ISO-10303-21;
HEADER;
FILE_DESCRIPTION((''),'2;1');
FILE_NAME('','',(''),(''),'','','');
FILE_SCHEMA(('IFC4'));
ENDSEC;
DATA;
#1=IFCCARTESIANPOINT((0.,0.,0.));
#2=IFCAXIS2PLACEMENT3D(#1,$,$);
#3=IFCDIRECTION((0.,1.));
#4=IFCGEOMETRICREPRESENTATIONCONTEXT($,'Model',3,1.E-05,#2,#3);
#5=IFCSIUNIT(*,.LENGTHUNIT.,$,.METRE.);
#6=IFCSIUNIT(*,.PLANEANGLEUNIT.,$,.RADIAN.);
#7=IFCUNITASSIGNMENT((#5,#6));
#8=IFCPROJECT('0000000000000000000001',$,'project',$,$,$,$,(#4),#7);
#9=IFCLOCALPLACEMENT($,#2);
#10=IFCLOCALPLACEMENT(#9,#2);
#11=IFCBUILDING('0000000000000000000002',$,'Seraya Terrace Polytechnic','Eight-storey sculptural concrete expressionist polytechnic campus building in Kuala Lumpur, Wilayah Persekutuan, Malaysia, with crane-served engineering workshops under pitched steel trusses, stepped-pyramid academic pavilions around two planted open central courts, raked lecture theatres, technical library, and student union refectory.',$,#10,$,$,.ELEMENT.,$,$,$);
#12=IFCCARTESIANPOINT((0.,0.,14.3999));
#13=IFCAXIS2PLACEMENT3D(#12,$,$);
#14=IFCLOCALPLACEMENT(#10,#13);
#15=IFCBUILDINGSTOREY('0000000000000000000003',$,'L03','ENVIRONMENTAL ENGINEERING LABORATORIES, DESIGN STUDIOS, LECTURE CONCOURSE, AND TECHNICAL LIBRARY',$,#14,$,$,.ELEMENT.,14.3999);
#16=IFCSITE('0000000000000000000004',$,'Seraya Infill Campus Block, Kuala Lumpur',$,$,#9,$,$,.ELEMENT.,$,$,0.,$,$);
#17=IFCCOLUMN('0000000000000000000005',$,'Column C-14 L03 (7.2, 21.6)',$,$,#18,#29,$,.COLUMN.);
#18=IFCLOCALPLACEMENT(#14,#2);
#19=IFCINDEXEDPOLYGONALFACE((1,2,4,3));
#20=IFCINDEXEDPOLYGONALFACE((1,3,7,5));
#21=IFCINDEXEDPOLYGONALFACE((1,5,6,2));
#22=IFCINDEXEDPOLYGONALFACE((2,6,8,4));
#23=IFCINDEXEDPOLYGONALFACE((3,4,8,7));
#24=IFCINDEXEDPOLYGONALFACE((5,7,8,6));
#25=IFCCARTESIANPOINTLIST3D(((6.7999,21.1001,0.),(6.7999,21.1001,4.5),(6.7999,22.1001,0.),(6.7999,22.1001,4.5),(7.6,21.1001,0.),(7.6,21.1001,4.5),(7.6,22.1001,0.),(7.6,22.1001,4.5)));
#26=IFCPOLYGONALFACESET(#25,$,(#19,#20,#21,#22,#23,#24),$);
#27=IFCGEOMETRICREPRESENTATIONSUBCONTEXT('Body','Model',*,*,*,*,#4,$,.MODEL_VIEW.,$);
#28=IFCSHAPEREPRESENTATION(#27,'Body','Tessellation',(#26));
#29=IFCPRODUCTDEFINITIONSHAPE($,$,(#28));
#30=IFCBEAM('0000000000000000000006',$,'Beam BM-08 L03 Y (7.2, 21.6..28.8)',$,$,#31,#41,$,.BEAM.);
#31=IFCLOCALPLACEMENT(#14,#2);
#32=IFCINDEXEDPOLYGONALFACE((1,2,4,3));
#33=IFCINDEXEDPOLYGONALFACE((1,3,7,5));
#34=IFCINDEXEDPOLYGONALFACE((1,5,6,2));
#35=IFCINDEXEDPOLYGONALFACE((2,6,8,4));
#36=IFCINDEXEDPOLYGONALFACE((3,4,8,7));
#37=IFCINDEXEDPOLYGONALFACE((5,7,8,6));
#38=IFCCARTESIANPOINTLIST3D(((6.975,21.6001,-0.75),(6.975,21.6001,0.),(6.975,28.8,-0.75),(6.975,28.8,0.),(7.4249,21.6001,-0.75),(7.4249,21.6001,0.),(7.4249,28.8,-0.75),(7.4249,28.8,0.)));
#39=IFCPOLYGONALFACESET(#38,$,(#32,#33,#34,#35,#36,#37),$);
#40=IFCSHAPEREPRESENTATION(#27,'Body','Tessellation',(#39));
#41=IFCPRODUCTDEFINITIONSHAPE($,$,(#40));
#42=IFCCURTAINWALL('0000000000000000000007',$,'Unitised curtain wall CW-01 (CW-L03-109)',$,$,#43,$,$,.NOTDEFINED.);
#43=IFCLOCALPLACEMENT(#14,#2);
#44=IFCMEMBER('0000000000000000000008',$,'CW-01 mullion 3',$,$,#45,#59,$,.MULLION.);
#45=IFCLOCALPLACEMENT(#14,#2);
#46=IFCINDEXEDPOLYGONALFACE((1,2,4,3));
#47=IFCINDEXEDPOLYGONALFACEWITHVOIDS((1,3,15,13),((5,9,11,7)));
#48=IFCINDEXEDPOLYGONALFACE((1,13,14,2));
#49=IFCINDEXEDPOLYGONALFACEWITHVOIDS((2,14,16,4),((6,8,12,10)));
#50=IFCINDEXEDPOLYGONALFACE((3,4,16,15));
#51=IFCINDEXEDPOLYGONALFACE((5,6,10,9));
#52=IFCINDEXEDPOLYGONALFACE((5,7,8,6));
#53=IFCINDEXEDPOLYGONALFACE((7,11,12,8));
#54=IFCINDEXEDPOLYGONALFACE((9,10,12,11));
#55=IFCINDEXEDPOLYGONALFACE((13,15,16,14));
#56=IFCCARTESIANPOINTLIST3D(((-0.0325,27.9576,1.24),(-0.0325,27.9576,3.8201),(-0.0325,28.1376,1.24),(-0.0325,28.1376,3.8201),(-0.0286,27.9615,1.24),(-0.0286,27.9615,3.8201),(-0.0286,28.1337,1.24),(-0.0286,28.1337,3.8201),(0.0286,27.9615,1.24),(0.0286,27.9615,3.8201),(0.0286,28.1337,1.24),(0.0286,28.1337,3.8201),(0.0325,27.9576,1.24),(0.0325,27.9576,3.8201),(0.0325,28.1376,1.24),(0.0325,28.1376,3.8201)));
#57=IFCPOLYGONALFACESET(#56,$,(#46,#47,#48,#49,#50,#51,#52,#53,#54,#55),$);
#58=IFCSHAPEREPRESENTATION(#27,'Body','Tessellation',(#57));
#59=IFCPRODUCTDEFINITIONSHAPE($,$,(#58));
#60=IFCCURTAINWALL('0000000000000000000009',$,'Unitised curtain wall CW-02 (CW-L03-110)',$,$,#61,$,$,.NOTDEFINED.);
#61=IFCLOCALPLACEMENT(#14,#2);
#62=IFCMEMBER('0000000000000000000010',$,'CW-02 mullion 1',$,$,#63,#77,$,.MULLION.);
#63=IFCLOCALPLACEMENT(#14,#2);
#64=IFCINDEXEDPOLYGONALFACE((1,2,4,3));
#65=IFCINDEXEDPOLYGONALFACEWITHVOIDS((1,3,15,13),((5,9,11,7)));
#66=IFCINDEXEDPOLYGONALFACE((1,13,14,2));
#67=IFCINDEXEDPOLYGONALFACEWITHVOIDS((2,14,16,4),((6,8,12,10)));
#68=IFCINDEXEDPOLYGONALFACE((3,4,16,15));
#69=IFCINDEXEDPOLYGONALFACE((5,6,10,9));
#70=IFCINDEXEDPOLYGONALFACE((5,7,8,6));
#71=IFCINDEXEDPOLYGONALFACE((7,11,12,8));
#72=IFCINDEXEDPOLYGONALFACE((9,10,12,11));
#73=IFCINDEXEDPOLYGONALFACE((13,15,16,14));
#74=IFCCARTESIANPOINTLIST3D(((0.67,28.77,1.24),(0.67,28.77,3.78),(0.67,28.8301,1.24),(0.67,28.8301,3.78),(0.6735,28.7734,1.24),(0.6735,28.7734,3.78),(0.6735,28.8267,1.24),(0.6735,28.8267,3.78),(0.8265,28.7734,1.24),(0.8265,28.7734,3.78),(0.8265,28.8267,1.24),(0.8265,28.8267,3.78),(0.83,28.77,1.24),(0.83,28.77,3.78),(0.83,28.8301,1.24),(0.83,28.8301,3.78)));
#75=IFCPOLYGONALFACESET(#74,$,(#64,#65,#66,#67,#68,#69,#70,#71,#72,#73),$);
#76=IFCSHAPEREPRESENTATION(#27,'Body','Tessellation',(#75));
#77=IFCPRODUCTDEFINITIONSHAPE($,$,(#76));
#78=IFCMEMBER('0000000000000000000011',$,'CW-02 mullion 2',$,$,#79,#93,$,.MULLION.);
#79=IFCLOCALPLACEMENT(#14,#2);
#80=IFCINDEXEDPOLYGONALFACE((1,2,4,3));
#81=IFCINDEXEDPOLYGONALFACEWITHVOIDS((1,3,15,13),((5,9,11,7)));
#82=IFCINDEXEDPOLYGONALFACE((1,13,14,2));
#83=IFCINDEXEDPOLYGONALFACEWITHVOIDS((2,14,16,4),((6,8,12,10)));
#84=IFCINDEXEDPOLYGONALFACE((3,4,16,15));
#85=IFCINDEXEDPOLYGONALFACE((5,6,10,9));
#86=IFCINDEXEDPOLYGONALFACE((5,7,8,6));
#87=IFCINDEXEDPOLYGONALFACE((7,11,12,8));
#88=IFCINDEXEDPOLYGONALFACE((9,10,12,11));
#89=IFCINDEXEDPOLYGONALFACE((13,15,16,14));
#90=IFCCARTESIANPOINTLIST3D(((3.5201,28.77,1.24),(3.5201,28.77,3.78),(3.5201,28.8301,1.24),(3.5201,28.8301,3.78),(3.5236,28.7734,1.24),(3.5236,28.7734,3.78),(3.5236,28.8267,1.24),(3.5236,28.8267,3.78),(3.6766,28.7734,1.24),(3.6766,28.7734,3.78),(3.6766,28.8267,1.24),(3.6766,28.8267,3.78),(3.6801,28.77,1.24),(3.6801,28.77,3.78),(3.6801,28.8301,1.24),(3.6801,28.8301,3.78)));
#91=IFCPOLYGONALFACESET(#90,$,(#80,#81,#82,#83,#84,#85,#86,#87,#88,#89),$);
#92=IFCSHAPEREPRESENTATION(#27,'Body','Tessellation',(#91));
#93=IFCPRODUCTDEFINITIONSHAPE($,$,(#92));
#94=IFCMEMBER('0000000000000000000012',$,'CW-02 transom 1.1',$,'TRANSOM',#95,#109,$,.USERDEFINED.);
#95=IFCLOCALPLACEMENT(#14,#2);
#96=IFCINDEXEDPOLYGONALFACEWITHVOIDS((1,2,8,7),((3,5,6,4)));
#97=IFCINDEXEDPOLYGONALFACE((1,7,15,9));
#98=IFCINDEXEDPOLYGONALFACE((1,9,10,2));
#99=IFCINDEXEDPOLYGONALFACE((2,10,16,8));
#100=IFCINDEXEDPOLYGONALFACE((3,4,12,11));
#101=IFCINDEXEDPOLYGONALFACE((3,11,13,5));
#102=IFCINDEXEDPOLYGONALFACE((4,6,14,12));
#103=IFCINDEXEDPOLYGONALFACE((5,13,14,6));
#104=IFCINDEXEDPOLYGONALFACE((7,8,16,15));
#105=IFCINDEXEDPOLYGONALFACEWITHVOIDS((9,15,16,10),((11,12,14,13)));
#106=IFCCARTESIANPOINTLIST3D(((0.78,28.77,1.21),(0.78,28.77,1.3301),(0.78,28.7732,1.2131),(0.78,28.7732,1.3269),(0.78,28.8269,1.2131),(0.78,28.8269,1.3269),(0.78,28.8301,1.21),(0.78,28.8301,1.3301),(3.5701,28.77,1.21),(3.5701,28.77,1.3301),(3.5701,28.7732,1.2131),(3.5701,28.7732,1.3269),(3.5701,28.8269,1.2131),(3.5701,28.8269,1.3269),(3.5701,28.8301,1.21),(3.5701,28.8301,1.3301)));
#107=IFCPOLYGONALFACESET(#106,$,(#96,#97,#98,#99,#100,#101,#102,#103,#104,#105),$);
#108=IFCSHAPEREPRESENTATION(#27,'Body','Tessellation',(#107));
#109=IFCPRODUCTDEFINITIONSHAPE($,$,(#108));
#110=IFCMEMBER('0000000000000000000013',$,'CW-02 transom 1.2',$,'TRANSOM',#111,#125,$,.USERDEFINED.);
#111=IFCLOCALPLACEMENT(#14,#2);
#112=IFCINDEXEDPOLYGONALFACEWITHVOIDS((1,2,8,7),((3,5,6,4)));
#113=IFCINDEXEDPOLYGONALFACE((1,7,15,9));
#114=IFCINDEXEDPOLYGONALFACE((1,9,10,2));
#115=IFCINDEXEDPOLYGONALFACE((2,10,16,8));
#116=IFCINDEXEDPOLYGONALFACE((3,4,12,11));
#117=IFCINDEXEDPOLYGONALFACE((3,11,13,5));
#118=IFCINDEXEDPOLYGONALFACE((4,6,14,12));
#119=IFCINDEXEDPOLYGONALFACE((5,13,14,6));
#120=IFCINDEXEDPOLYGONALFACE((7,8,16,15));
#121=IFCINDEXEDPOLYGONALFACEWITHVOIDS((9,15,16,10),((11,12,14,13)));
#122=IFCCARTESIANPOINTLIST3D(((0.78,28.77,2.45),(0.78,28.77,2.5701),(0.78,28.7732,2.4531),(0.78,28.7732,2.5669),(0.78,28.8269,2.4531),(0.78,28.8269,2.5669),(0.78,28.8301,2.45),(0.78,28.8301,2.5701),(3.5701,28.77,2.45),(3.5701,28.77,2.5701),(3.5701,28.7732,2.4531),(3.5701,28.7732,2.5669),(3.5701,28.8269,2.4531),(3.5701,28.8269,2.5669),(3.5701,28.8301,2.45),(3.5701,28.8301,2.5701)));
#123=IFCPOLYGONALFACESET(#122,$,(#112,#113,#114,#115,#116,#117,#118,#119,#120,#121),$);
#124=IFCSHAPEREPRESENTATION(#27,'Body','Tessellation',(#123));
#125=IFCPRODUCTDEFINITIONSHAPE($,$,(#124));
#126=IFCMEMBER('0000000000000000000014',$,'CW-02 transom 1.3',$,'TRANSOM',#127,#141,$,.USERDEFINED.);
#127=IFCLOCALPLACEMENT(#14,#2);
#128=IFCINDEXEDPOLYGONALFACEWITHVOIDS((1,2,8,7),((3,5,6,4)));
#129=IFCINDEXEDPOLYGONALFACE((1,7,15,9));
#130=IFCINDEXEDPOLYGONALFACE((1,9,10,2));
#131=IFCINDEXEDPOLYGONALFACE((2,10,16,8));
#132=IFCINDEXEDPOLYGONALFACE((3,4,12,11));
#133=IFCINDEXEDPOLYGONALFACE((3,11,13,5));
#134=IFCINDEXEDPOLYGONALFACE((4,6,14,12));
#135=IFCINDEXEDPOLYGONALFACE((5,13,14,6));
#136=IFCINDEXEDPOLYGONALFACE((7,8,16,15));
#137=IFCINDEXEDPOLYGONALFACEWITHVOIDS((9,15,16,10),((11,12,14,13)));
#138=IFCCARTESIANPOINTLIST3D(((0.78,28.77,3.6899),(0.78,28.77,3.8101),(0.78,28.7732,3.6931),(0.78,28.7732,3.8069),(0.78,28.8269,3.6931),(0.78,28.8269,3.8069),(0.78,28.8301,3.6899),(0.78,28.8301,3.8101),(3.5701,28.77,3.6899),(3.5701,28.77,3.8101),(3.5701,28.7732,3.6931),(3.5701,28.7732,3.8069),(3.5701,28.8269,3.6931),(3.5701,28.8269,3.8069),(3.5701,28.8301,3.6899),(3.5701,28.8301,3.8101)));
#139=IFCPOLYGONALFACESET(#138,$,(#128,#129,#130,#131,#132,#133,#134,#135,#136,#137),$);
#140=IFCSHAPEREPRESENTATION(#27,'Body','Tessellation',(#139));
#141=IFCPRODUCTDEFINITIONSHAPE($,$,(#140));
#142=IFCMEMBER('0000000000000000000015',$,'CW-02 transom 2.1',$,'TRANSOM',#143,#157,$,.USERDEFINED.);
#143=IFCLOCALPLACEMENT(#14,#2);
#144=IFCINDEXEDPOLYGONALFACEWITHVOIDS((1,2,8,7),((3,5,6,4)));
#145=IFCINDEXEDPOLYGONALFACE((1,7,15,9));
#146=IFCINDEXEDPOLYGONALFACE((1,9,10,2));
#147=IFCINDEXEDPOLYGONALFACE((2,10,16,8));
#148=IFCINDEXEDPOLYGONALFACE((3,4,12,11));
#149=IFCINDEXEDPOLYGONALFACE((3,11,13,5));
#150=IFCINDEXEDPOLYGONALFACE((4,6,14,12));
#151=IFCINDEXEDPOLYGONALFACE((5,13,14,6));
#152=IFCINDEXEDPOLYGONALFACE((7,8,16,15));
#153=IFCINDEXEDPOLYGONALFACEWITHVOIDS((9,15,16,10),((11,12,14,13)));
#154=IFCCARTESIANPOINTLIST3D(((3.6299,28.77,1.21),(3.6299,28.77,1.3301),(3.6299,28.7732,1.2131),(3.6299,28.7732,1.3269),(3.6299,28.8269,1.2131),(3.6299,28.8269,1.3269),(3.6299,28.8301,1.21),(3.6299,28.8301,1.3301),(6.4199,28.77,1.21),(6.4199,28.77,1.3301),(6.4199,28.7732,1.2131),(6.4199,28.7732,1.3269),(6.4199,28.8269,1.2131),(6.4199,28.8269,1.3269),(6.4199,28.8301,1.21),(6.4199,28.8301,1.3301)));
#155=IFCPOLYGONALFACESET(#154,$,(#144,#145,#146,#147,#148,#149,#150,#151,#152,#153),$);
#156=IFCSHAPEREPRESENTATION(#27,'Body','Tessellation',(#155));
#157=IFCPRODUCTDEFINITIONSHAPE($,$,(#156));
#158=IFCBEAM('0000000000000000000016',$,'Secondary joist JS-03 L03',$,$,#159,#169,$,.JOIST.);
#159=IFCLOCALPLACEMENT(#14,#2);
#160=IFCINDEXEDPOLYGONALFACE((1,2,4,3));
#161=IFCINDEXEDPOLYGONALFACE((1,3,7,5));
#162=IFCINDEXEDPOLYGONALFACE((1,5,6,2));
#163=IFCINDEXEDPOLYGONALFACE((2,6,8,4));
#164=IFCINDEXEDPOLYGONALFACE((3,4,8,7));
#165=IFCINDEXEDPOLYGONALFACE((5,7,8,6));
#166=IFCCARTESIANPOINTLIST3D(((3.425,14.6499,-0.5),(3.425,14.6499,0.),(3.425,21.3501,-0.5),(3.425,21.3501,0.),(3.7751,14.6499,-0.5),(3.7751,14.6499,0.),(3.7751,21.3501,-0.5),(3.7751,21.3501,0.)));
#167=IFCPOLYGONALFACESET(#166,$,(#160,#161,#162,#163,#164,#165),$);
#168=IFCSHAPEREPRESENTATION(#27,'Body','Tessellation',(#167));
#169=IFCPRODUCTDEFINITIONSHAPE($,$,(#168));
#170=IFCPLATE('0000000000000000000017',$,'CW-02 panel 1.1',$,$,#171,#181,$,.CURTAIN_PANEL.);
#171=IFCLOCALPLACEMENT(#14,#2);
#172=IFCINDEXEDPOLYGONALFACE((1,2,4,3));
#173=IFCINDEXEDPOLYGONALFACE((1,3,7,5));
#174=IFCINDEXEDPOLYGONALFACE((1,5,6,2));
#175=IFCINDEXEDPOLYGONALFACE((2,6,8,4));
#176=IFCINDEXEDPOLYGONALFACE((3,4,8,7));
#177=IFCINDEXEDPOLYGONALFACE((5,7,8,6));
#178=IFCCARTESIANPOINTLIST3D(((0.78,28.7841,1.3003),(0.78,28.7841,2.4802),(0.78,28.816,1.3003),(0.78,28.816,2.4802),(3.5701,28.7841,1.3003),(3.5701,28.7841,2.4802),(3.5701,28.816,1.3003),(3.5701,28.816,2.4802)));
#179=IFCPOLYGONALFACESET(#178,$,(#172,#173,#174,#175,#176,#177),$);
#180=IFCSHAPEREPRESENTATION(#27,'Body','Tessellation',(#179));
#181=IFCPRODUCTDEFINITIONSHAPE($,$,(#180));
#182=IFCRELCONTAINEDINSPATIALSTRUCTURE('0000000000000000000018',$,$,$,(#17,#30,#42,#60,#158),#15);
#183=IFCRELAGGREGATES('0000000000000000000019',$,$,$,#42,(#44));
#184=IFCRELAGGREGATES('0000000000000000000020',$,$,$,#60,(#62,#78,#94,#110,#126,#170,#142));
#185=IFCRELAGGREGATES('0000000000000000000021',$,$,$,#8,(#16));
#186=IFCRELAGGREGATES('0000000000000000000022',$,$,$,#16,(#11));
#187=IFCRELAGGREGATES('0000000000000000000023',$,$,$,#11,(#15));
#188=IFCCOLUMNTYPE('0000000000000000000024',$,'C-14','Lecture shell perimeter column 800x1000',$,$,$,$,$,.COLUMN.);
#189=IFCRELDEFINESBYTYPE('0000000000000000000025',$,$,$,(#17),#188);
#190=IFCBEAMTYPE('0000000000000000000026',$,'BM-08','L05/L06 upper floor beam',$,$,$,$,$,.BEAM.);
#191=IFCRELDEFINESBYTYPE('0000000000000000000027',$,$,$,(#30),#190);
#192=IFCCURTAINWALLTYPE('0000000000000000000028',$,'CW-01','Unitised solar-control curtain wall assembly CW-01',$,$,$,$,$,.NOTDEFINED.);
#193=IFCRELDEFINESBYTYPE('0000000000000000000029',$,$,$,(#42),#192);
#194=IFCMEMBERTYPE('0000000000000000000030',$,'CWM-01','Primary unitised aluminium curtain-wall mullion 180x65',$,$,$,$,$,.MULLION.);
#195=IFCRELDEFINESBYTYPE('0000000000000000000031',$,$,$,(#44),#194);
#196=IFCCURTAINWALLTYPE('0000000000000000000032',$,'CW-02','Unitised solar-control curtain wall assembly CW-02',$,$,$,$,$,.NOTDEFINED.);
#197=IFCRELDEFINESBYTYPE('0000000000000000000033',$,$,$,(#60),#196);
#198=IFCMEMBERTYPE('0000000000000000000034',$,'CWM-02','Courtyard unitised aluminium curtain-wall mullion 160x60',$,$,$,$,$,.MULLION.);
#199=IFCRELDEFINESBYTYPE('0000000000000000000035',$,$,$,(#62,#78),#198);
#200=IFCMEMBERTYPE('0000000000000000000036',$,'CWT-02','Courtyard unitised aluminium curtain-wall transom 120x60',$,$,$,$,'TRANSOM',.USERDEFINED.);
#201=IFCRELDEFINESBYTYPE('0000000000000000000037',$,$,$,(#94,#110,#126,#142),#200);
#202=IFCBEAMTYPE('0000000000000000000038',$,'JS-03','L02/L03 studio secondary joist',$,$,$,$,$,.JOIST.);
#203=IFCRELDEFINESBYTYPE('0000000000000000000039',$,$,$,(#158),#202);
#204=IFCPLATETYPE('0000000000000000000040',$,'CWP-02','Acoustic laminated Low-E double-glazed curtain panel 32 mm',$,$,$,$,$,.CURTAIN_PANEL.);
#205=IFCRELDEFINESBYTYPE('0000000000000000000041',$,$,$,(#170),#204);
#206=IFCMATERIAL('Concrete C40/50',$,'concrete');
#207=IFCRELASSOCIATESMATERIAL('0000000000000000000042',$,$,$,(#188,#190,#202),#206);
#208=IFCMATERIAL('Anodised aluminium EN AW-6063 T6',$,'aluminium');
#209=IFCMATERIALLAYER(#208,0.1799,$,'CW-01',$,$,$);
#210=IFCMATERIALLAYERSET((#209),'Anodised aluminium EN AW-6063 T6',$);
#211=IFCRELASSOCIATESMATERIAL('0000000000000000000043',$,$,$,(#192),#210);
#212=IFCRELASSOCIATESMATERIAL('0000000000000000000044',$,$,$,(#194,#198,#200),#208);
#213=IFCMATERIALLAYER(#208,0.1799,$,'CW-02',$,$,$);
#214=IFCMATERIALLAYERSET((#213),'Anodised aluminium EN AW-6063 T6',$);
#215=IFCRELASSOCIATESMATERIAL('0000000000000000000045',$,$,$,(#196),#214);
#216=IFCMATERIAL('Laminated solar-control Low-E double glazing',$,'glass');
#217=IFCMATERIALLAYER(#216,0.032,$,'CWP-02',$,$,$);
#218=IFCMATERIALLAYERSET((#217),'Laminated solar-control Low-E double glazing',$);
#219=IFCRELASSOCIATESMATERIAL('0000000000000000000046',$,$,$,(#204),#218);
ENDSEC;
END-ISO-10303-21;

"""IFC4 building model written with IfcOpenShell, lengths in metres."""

from ifc_helpers import new_model, si_unit, direction, frame, origin, origin_2d, place, context, subcontext, project, spatial, rectangle, hollow_rectangle, extrude, material, layer, layer_set, material_profile, profile_set, type_object, element, aggregate, save


model = new_model("IFC4")

# Units and contexts
model_context = context("Model", 3, precision=1e-05, world=origin(), true_north=direction((0.0, 1.0)))
body_context = subcontext(model_context, "Body", "Model", "MODEL_VIEW")
ifc_project = project(units=[si_unit("LENGTHUNIT", "METRE"), si_unit("PLANEANGLEUNIT", "RADIAN")], contexts=[model_context])

# Site, building, storey
site_placement = place(None, origin())
site = spatial("IfcSite", under=ifc_project, at=site_placement, Name="Seraya Infill Campus Block, Kuala Lumpur", CompositionType="ELEMENT", RefElevation=0.0)
building_placement = place(site_placement, origin())
building = spatial("IfcBuilding", under=site, at=building_placement, Name="Seraya Terrace Polytechnic", Description="Eight-storey sculptural concrete expressionist polytechnic campus building in Kuala Lumpur, Wilayah Persekutuan, Malaysia, with crane-served engineering workshops under pitched steel trusses, stepped-pyramid academic pavilions around two planted open central courts, raked lecture theatres, technical library, and student union refectory.", CompositionType="ELEMENT")
storey_placement = place(building_placement, frame((0.0, 0.0, 14.3999)))
storey = spatial("IfcBuildingStorey", under=building, at=storey_placement, Name="L03", Description="ENVIRONMENTAL ENGINEERING LABORATORIES, DESIGN STUDIOS, LECTURE CONCOURSE, AND TECHNICAL LIBRARY", CompositionType="ELEMENT", Elevation=14.3999)

# Column
ifc_material_1 = material(Name="Concrete C40/50", Category="concrete")
ifc_material_profile_1 = material_profile(ifc_material_1, rectangle(XDim=0.8, YDim=1.0, at=origin_2d()), Name="RC 800x1000")
ifc_profile_set_1 = profile_set([ifc_material_profile_1], Name="Concrete C40/50")
column_type = type_object("IfcColumnType", Name="C-14", Description="Lecture shell perimeter column 800x1000", PredefinedType="COLUMN", material=ifc_profile_set_1)
column_placement = place(storey_placement, frame((7.2, 21.6001, 0.0), z_axis=(0.0, 0.0, 1.0), x_axis=(1.0, 0.0, 0.0)))
element("IfcColumn", 1, at=column_placement, inside=storey, type_object=column_type, Name="Column C-14 L03 (7.2, 21.6)", PredefinedType="COLUMN", context=body_context, shape_type="SweptSolid", body=[
    extrude(rectangle(XDim=0.8, YDim=1.0, at=origin_2d()), origin(), (0.0, 0.0, 1.0), 4.5),
])

# Beam
ifc_material_profile_2 = material_profile(ifc_material_1, rectangle(XDim=0.45, YDim=0.75, at=origin_2d()), Name="RC 450x750")
ifc_profile_set_2 = profile_set([ifc_material_profile_2], Name="Concrete C40/50")
beam_type_1 = type_object("IfcBeamType", Name="BM-08", Description="L05/L06 upper floor beam", PredefinedType="BEAM", material=ifc_profile_set_2)
beam_1_placement = place(storey_placement, frame((7.2, 21.6001, -0.375), z_axis=(0.0, 1.0, 0.0), x_axis=(-1.0, 0.0, 0.0)))
element("IfcBeam", 2, at=beam_1_placement, inside=storey, type_object=beam_type_1, Name="Beam BM-08 L03 Y (7.2, 21.6..28.8)", PredefinedType="BEAM", context=body_context, shape_type="SweptSolid", body=[
    extrude(rectangle(XDim=0.45, YDim=0.75, at=origin_2d()), origin(), (0.0, 0.0, 1.0), 7.2),
])

# Curtain wall, member
ifc_material_2 = material(Name="Anodised aluminium EN AW-6063 T6", Category="aluminium")
ifc_layer_1 = layer(ifc_material_2, 0.1799, Name="CW-01")
ifc_layer_set_1 = layer_set([ifc_layer_1], Name="Anodised aluminium EN AW-6063 T6")
curtain_wall_type_1 = type_object("IfcCurtainWallType", Name="CW-01", Description="Unitised solar-control curtain wall assembly CW-01", PredefinedType="NOTDEFINED", material=ifc_layer_set_1)
curtain_wall_1_placement = place(storey_placement, origin())
curtain_wall_1 = element("IfcCurtainWall", 3, at=curtain_wall_1_placement, inside=storey, type_object=curtain_wall_type_1, Name="Unitised curtain wall CW-01 (CW-L03-109)", PredefinedType="NOTDEFINED")
ifc_material_profile_3 = material_profile(ifc_material_2, hollow_rectangle(XDim=0.0649, YDim=0.1799, WallThickness=0.0039, at=origin_2d()), Name="RHS 180x65x4.0")
ifc_profile_set_3 = profile_set([ifc_material_profile_3], Name="Anodised aluminium EN AW-6063 T6")
member_type_1 = type_object("IfcMemberType", Name="CWM-01", Description="Primary unitised aluminium curtain-wall mullion 180x65", PredefinedType="MULLION", material=ifc_profile_set_3)
member_1_placement = place(storey_placement, frame((0.0, 28.0476, 1.24), z_axis=(0.0, 0.0, 1.0), x_axis=(-1.0, 0.0, 0.0)))
member_1 = element("IfcMember", 4, at=member_1_placement, type_object=member_type_1, Name="CW-01 mullion 3", PredefinedType="MULLION", context=body_context, shape_type="SweptSolid", body=[
    extrude(hollow_rectangle(XDim=0.0649, YDim=0.1799, WallThickness=0.0039, at=origin_2d()), origin(), (0.0, 0.0, 1.0), 2.5801),
])
aggregate(curtain_wall_1, [member_1])

# Curtain wall, members
ifc_layer_2 = layer(ifc_material_2, 0.1799, Name="CW-02")
ifc_layer_set_2 = layer_set([ifc_layer_2], Name="Anodised aluminium EN AW-6063 T6")
curtain_wall_type_2 = type_object("IfcCurtainWallType", Name="CW-02", Description="Unitised solar-control curtain wall assembly CW-02", PredefinedType="NOTDEFINED", material=ifc_layer_set_2)
curtain_wall_2_placement = place(storey_placement, origin())
curtain_wall_2 = element("IfcCurtainWall", 5, at=curtain_wall_2_placement, inside=storey, type_object=curtain_wall_type_2, Name="Unitised curtain wall CW-02 (CW-L03-110)", PredefinedType="NOTDEFINED")
ifc_material_profile_4 = material_profile(ifc_material_2, hollow_rectangle(XDim=0.0601, YDim=0.1599, WallThickness=0.0034, at=origin_2d()), Name="RHS 160x60x3.5")
ifc_profile_set_4 = profile_set([ifc_material_profile_4], Name="Anodised aluminium EN AW-6063 T6")
member_type_2 = type_object("IfcMemberType", Name="CWM-02", Description="Courtyard unitised aluminium curtain-wall mullion 160x60", PredefinedType="MULLION", material=ifc_profile_set_4)
member_2_placement = place(storey_placement, frame((0.75, 28.8, 1.24), z_axis=(0.0, 0.0, 1.0), x_axis=(0.0, 1.0, 0.0)))
member_2 = element("IfcMember", 6, at=member_2_placement, type_object=member_type_2, Name="CW-02 mullion 1", PredefinedType="MULLION", context=body_context, shape_type="SweptSolid", body=[
    extrude(hollow_rectangle(XDim=0.0601, YDim=0.1599, WallThickness=0.0034, at=origin_2d()), origin(), (0.0, 0.0, 1.0), 2.54),
])
member_3_placement = place(storey_placement, frame((3.6001, 28.8, 1.24), z_axis=(0.0, 0.0, 1.0), x_axis=(0.0, 1.0, 0.0)))
member_3 = element("IfcMember", 7, at=member_3_placement, type_object=member_type_2, Name="CW-02 mullion 2", PredefinedType="MULLION", context=body_context, shape_type="SweptSolid", body=[
    extrude(hollow_rectangle(XDim=0.0601, YDim=0.1599, WallThickness=0.0034, at=origin_2d()), origin(), (0.0, 0.0, 1.0), 2.54),
])
ifc_material_profile_5 = material_profile(ifc_material_2, hollow_rectangle(XDim=0.0601, YDim=0.1201, WallThickness=0.0032, at=origin_2d()), Name="RHS 120x60x3.2")
ifc_profile_set_5 = profile_set([ifc_material_profile_5], Name="Anodised aluminium EN AW-6063 T6")
member_type_3 = type_object("IfcMemberType", Name="CWT-02", Description="Courtyard unitised aluminium curtain-wall transom 120x60", ElementType="TRANSOM", PredefinedType="USERDEFINED", material=ifc_profile_set_5)
member_4_placement = place(storey_placement, frame((0.78, 28.8, 1.27), z_axis=(1.0, 0.0, 0.0), x_axis=(0.0, 1.0, 0.0)))
member_4 = element("IfcMember", 8, at=member_4_placement, type_object=member_type_3, Name="CW-02 transom 1.1", ObjectType="TRANSOM", PredefinedType="USERDEFINED", context=body_context, shape_type="SweptSolid", body=[
    extrude(hollow_rectangle(XDim=0.0601, YDim=0.1201, WallThickness=0.0032, at=origin_2d()), origin(), (0.0, 0.0, 1.0), 2.79),
])
member_5_placement = place(storey_placement, frame((0.78, 28.8, 2.51), z_axis=(1.0, 0.0, 0.0), x_axis=(0.0, 1.0, 0.0)))
member_5 = element("IfcMember", 9, at=member_5_placement, type_object=member_type_3, Name="CW-02 transom 1.2", ObjectType="TRANSOM", PredefinedType="USERDEFINED", context=body_context, shape_type="SweptSolid", body=[
    extrude(hollow_rectangle(XDim=0.0601, YDim=0.1201, WallThickness=0.0032, at=origin_2d()), origin(), (0.0, 0.0, 1.0), 2.79),
])
member_6_placement = place(storey_placement, frame((0.78, 28.8, 3.75), z_axis=(1.0, 0.0, 0.0), x_axis=(0.0, 1.0, 0.0)))
member_6 = element("IfcMember", 10, at=member_6_placement, type_object=member_type_3, Name="CW-02 transom 1.3", ObjectType="TRANSOM", PredefinedType="USERDEFINED", context=body_context, shape_type="SweptSolid", body=[
    extrude(hollow_rectangle(XDim=0.0601, YDim=0.1201, WallThickness=0.0032, at=origin_2d()), origin(), (0.0, 0.0, 1.0), 2.79),
])
member_7_placement = place(storey_placement, frame((3.6299, 28.8, 1.27), z_axis=(1.0, 0.0, 0.0), x_axis=(0.0, 1.0, 0.0)))
member_7 = element("IfcMember", 11, at=member_7_placement, type_object=member_type_3, Name="CW-02 transom 2.1", ObjectType="TRANSOM", PredefinedType="USERDEFINED", context=body_context, shape_type="SweptSolid", body=[
    extrude(hollow_rectangle(XDim=0.0601, YDim=0.1201, WallThickness=0.0032, at=origin_2d()), origin(), (0.0, 0.0, 1.0), 2.79),
])

# Beam
ifc_material_profile_6 = material_profile(ifc_material_1, rectangle(XDim=0.3501, YDim=0.5, at=origin_2d()), Name="RC 350x500")
ifc_profile_set_6 = profile_set([ifc_material_profile_6], Name="Concrete C40/50")
beam_type_2 = type_object("IfcBeamType", Name="JS-03", Description="L02/L03 studio secondary joist", PredefinedType="JOIST", material=ifc_profile_set_6)
beam_2_placement = place(storey_placement, frame((3.6001, 14.6499, -0.25), z_axis=(0.0, 1.0, 0.0), x_axis=(-1.0, 0.0, 0.0)))
element("IfcBeam", 12, at=beam_2_placement, inside=storey, type_object=beam_type_2, Name="Secondary joist JS-03 L03", PredefinedType="JOIST", context=body_context, shape_type="SweptSolid", body=[
    extrude(rectangle(XDim=0.3501, YDim=0.5, at=origin_2d()), origin(), (0.0, 0.0, 1.0), 6.7002),
])

# Plate
ifc_material_3 = material(Name="Laminated solar-control Low-E double glazing", Category="glass")
ifc_layer_3 = layer(ifc_material_3, 0.032, Name="CWP-02")
ifc_layer_set_3 = layer_set([ifc_layer_3], Name="Laminated solar-control Low-E double glazing")
plate_type = type_object("IfcPlateType", Name="CWP-02", Description="Acoustic laminated Low-E double-glazed curtain panel 32 mm", PredefinedType="CURTAIN_PANEL", material=ifc_layer_set_3)
plate_1_placement = place(storey_placement, frame((2.175, 28.8, 1.3003), z_axis=(0.0, 0.0, 1.0), x_axis=(1.0, 0.0, 0.0)))
plate_1 = element("IfcPlate", 13, at=plate_1_placement, type_object=plate_type, Name="CW-02 panel 1.1", PredefinedType="CURTAIN_PANEL", context=body_context, shape_type="SweptSolid", body=[
    extrude(rectangle(XDim=2.79, YDim=0.032, at=origin_2d()), origin(), (0.0, 0.0, 1.0), 1.1799),
])
aggregate(curtain_wall_2, [member_2, member_3, member_4, member_5, member_6, plate_1, member_7])

save(model, "model.ifc")
